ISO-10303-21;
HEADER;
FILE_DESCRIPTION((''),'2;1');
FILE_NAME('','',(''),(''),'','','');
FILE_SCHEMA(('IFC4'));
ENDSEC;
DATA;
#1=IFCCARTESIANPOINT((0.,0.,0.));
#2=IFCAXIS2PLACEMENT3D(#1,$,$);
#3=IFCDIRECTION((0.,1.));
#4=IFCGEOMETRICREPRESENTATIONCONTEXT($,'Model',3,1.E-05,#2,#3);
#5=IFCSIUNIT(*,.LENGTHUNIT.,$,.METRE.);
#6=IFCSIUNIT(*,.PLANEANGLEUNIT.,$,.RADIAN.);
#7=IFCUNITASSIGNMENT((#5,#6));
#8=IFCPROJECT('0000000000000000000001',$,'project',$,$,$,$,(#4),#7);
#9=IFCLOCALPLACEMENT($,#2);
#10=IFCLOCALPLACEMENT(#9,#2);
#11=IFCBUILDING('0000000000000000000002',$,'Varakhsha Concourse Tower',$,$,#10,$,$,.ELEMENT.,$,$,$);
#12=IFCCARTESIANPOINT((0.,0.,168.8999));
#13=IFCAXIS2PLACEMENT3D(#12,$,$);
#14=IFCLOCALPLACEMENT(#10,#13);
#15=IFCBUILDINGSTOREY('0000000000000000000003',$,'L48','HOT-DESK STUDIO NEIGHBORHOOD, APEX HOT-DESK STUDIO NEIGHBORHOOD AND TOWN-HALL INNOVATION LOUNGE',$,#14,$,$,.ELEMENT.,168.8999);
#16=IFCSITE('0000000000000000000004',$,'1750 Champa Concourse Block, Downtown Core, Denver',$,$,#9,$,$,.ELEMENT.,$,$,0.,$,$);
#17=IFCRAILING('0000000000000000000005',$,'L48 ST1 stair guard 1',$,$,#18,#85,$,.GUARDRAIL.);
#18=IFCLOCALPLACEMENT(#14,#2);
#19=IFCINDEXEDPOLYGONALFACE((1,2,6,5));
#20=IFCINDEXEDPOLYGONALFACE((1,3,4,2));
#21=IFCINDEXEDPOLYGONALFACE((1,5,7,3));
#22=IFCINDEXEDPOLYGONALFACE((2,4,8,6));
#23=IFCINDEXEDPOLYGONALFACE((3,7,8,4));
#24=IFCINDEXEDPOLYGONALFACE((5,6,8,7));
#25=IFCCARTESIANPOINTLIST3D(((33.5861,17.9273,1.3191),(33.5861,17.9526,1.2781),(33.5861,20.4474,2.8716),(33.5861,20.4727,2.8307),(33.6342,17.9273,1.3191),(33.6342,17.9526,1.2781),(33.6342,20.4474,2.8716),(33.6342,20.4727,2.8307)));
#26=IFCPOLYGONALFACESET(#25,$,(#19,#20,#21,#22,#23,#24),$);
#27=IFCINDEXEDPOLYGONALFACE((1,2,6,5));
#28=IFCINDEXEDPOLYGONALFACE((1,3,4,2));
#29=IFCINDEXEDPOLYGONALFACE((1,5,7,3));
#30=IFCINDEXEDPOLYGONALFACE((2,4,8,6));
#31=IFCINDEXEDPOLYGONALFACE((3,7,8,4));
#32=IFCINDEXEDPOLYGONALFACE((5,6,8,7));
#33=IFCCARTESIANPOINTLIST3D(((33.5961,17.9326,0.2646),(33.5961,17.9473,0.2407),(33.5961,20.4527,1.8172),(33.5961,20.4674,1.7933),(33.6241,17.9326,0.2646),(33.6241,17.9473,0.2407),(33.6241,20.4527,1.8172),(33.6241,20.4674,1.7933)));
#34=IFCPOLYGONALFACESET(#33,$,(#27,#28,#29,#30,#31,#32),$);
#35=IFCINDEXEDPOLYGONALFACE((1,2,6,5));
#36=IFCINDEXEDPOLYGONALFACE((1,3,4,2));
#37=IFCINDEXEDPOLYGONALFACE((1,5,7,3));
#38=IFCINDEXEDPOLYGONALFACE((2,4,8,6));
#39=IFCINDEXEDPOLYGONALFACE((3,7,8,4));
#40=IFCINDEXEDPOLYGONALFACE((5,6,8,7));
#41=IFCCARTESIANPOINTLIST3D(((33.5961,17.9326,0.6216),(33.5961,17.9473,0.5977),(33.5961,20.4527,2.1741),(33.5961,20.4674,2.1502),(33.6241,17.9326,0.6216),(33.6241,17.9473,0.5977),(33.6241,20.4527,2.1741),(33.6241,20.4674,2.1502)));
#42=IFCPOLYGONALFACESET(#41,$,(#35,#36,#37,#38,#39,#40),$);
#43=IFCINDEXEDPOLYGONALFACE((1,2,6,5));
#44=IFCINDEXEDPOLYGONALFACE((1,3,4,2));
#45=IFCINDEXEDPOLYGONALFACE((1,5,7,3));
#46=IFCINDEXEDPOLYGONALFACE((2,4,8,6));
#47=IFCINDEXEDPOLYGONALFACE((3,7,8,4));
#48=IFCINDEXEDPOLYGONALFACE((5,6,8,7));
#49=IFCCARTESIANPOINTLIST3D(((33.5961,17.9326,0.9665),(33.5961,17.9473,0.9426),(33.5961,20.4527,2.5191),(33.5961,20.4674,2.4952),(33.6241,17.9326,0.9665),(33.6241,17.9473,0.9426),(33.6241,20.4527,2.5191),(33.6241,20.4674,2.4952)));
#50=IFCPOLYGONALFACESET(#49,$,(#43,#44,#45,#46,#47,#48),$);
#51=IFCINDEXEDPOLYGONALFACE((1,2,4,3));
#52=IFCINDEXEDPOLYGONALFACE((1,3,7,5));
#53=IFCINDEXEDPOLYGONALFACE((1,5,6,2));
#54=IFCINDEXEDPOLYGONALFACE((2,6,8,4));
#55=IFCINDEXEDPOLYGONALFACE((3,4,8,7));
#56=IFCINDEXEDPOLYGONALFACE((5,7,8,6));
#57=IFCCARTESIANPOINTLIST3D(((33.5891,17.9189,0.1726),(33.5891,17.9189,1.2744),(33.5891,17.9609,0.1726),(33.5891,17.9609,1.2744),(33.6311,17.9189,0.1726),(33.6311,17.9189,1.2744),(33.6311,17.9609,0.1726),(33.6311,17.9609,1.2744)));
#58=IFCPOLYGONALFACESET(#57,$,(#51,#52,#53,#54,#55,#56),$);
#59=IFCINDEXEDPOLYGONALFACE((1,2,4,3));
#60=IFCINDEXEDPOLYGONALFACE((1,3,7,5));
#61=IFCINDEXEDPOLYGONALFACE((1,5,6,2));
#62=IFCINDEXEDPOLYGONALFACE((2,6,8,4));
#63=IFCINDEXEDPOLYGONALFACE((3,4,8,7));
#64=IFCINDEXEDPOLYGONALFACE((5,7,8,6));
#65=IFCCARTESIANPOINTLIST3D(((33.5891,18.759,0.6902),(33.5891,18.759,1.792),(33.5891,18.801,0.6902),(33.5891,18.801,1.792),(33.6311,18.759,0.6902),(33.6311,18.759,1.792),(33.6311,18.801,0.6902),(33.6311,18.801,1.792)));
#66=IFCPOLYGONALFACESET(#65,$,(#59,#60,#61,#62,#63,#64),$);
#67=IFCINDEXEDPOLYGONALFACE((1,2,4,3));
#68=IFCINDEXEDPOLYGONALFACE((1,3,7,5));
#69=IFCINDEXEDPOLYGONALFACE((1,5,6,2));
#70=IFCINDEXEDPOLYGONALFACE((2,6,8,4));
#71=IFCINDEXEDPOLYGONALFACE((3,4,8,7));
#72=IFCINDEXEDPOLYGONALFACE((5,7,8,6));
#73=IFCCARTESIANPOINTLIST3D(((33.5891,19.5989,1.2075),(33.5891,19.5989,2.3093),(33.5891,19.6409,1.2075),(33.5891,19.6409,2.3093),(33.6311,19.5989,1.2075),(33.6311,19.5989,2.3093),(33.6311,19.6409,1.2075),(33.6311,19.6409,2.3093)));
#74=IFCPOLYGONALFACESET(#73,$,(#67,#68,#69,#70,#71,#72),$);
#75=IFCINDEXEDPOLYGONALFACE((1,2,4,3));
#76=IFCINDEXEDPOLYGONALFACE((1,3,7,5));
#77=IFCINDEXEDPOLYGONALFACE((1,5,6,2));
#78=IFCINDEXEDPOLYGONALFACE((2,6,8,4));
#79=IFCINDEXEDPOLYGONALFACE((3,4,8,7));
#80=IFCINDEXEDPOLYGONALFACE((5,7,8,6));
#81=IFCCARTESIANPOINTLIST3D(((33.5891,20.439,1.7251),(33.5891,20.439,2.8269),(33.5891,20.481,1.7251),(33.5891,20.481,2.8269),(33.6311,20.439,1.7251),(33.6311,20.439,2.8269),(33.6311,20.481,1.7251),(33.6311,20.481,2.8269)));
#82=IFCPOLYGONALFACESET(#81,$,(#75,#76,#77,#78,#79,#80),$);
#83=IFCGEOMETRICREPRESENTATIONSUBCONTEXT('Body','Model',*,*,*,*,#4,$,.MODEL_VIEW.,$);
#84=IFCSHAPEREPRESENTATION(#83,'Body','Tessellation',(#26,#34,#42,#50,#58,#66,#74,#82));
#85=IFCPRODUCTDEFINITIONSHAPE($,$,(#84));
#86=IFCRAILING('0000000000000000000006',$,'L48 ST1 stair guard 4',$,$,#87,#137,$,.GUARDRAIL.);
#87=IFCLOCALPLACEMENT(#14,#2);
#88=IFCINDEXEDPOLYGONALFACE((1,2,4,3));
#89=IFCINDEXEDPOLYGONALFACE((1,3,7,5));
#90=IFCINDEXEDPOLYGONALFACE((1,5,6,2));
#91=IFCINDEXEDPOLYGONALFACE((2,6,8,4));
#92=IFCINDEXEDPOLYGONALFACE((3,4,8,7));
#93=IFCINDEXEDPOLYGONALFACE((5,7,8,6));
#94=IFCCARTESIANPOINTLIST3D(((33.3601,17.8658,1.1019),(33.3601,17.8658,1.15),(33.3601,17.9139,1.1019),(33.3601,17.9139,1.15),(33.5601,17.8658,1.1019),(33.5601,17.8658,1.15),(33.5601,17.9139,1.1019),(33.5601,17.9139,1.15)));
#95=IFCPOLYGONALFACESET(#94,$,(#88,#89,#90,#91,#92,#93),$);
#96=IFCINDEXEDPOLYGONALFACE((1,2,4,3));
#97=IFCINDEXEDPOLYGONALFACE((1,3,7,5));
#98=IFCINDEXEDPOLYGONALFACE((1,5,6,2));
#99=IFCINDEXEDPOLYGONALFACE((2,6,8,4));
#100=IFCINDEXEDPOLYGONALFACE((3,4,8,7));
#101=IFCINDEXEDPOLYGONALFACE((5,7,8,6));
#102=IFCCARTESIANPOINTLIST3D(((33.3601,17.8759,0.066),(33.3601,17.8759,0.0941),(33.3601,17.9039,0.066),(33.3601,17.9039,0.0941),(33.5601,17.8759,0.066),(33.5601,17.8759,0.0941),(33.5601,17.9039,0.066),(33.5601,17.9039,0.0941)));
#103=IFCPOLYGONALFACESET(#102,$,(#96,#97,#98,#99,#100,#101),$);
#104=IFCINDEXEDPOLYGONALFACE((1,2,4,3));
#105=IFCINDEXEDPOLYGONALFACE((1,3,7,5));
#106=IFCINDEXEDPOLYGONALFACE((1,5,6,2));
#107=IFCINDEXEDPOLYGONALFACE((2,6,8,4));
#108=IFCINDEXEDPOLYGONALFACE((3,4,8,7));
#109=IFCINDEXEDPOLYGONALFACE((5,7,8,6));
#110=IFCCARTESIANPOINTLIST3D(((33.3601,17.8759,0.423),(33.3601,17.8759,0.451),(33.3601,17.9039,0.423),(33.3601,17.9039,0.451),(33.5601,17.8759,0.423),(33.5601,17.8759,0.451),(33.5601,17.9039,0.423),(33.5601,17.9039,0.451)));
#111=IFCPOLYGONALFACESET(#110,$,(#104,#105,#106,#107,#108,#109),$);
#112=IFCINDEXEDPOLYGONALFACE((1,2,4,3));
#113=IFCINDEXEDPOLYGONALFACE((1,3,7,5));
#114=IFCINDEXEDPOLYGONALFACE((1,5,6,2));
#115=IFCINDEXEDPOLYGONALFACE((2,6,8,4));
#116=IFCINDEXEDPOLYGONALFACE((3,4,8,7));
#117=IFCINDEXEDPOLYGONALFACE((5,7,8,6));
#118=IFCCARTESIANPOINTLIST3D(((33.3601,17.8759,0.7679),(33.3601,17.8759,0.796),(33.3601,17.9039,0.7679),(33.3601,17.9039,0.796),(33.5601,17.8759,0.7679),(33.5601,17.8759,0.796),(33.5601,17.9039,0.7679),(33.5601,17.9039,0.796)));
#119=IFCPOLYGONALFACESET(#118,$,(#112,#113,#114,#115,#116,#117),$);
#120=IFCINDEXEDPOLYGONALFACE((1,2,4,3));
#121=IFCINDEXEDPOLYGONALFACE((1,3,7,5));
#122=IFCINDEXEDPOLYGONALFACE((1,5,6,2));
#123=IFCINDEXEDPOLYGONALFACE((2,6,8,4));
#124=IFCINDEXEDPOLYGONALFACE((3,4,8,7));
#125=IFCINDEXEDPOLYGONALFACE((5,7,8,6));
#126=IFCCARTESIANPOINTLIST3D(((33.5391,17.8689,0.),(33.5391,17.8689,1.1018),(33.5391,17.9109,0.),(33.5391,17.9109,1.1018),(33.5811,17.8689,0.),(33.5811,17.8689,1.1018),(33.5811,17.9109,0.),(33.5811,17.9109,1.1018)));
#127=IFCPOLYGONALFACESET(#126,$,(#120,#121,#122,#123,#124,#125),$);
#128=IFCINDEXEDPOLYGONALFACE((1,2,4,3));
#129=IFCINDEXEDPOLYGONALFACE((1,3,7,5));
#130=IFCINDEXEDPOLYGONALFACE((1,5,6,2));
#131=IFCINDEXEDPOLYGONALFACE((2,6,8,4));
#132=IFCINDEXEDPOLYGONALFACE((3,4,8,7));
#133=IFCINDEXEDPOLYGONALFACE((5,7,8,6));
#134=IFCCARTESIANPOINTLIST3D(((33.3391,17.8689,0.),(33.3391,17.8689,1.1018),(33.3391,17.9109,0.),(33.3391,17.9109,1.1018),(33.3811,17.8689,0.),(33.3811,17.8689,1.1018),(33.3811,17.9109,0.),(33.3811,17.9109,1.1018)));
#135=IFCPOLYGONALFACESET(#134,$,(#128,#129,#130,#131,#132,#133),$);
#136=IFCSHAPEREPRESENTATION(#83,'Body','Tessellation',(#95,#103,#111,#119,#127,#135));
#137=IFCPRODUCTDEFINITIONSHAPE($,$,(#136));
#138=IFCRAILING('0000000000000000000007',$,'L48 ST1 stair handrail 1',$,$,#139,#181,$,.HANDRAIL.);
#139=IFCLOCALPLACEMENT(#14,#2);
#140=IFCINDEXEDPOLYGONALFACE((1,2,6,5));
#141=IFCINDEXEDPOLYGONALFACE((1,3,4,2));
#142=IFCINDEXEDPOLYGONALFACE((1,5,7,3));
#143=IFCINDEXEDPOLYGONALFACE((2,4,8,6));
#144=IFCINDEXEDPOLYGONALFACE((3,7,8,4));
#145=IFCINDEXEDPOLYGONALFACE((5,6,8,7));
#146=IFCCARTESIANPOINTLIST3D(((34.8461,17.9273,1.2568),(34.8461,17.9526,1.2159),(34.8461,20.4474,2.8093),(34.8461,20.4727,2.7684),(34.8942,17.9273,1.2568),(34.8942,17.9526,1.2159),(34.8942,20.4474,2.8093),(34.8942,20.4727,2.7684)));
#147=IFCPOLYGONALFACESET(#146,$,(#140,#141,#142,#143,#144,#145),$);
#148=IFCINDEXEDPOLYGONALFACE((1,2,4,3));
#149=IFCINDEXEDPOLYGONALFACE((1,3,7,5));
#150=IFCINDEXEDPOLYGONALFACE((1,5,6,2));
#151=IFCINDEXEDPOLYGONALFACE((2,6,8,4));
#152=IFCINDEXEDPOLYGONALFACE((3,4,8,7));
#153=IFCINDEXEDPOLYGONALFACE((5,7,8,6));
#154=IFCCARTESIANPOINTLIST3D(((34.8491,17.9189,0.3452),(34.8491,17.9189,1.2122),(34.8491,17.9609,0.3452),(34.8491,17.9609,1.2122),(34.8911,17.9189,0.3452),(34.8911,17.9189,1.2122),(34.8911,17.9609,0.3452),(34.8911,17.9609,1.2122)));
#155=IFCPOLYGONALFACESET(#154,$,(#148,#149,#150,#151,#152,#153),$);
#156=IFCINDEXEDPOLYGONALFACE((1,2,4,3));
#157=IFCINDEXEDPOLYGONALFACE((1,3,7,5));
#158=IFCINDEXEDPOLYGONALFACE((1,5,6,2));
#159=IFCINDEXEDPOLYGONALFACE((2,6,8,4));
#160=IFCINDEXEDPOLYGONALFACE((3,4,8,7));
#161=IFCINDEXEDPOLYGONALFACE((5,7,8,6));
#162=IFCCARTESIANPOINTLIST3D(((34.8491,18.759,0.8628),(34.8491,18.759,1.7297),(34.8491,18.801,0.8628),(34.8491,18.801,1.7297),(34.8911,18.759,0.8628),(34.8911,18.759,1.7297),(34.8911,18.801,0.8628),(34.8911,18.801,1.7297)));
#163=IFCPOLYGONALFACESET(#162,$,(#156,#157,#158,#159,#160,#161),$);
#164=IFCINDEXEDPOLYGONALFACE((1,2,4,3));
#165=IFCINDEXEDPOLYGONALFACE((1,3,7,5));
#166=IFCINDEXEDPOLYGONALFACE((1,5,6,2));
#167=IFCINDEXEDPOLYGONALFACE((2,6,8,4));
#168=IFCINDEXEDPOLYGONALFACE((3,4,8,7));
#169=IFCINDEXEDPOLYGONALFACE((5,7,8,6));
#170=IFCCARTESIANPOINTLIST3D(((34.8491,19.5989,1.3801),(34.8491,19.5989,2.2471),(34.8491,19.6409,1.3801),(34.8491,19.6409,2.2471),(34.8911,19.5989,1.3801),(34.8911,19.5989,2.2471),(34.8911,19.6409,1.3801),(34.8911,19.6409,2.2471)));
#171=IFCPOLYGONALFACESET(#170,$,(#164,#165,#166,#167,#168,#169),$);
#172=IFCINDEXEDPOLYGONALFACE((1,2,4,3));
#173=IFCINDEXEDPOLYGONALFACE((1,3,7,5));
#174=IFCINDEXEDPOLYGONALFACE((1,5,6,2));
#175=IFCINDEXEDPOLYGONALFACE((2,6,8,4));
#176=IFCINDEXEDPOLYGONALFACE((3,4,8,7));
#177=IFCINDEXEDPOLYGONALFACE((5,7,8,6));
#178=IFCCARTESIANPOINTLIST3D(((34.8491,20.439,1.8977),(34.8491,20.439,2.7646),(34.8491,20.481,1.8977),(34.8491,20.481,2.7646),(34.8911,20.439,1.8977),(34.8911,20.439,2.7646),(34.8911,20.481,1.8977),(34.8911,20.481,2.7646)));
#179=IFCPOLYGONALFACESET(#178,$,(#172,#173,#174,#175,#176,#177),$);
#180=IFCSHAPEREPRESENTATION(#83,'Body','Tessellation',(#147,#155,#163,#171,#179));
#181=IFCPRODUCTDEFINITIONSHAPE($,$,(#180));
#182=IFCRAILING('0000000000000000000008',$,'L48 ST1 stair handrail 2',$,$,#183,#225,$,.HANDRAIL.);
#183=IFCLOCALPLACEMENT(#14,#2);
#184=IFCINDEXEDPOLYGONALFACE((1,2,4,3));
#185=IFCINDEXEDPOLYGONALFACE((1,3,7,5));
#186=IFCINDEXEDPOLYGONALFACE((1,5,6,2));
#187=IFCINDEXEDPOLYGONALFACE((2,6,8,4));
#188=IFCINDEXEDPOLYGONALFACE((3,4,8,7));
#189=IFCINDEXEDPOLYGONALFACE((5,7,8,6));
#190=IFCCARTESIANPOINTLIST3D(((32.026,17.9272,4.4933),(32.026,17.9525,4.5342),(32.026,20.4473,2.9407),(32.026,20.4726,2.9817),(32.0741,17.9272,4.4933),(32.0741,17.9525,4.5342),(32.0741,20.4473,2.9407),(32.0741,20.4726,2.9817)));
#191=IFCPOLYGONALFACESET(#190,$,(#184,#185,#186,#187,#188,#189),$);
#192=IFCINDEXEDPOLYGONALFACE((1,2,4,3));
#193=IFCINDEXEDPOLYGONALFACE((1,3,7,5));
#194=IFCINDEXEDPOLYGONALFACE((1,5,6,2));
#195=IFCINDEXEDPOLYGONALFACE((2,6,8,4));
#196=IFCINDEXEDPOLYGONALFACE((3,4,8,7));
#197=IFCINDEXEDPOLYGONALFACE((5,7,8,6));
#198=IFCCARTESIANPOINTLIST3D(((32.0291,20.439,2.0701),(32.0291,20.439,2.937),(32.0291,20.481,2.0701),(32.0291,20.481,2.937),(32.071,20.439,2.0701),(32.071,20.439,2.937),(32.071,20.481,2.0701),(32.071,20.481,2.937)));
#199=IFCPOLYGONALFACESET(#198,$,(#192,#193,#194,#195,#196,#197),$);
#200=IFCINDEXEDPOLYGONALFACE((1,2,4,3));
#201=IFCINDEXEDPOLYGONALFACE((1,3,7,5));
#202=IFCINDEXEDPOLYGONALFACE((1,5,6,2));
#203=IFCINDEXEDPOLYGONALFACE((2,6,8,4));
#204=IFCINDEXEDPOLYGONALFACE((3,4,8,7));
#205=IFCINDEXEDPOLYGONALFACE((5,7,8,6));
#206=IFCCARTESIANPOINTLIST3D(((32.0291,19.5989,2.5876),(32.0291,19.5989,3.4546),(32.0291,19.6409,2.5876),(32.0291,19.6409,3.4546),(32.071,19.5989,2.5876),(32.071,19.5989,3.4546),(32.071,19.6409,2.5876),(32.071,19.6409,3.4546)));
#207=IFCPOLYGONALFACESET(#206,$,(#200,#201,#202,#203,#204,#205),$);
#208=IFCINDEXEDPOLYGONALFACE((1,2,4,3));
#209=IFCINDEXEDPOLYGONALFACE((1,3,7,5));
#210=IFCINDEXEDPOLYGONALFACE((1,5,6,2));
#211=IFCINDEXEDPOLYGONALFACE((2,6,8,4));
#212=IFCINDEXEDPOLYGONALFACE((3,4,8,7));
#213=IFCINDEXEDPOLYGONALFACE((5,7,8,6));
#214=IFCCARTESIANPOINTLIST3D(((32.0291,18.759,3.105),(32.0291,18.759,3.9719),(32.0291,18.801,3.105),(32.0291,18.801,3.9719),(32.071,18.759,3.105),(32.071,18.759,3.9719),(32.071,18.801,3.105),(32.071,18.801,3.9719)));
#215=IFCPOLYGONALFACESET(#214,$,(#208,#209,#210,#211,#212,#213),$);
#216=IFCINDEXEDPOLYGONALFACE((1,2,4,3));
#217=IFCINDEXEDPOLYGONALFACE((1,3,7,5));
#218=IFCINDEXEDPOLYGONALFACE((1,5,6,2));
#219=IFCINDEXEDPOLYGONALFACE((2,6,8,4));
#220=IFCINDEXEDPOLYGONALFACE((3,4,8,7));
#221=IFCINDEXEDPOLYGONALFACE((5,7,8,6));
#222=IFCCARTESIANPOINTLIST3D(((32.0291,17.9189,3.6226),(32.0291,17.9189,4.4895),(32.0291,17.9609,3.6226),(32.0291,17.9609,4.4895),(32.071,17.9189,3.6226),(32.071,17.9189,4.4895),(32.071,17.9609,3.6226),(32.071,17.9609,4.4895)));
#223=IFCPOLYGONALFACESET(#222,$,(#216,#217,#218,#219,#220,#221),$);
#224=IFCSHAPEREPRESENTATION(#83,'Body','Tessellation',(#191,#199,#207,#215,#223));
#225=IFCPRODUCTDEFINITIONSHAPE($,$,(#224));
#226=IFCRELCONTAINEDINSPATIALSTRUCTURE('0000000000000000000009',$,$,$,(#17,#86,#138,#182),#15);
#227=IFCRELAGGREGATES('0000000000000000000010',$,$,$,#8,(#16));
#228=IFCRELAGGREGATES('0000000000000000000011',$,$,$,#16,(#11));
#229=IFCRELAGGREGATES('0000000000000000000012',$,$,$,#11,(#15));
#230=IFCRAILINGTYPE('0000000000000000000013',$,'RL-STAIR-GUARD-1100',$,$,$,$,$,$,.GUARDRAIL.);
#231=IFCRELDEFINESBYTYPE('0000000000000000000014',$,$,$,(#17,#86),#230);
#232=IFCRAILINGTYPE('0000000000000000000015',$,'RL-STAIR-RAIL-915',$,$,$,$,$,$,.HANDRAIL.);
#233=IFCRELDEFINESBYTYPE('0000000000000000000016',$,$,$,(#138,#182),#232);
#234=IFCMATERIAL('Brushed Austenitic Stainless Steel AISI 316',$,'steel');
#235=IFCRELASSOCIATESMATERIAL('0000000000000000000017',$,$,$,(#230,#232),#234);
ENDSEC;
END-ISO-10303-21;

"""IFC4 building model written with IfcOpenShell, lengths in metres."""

from ifc_helpers import new_model, si_unit, direction, frame, origin, origin_2d, place, context, subcontext, project, spatial, rectangle, extrude, material, type_object, element, save


model = new_model("IFC4")

# Units and contexts
model_context = context("Model", 3, precision=1e-05, world=origin(), true_north=direction((0.0, 1.0)))
body_context = subcontext(model_context, "Body", "Model", "MODEL_VIEW")
ifc_project = project(units=[si_unit("LENGTHUNIT", "METRE"), si_unit("PLANEANGLEUNIT", "RADIAN")], contexts=[model_context])

# Site, building, storey
site_placement = place(None, origin())
site = spatial("IfcSite", under=ifc_project, at=site_placement, Name="1750 Champa Concourse Block, Downtown Core, Denver", CompositionType="ELEMENT", RefElevation=0.0)
building_placement = place(site_placement, origin())
building = spatial("IfcBuilding", under=site, at=building_placement, Name="Varakhsha Concourse Tower", CompositionType="ELEMENT")
storey_placement = place(building_placement, frame((0.0, 0.0, 168.8999)))
storey = spatial("IfcBuildingStorey", under=building, at=storey_placement, Name="L48", Description="HOT-DESK STUDIO NEIGHBORHOOD, APEX HOT-DESK STUDIO NEIGHBORHOOD AND TOWN-HALL INNOVATION LOUNGE", CompositionType="ELEMENT", Elevation=168.8999)

# Railings
ifc_material_1 = material(Name="Brushed Austenitic Stainless Steel AISI 316", Category="steel")
railing_type_1 = type_object("IfcRailingType", Name="RL-STAIR-GUARD-1100", PredefinedType="GUARDRAIL", material=ifc_material_1)
railing_1_placement = place(storey_placement, frame((33.6101, 17.9399, 0.1726)))
element("IfcRailing", 1, at=railing_1_placement, inside=storey, type_object=railing_type_1, Name="L48 ST1 stair guard 1", PredefinedType="GUARDRAIL", context=body_context, shape_type="SweptSolid", body=[
    extrude(rectangle(XDim=0.0481, YDim=0.0481, at=origin_2d()), frame((0.0, 0.0, 1.126), z_axis=(0.0, 0.8514, 0.524516), x_axis=(-1.0, 0.0, 0.0)), (0.0, 0.0, 1.0), 2.96),
    extrude(rectangle(XDim=0.0281, YDim=0.0281, at=origin_2d()), frame((0.0, 0.0, 0.0801), z_axis=(0.0, 0.8514, 0.524516), x_axis=(-1.0, 0.0, 0.0)), (0.0, 0.0, 1.0), 2.96),
    extrude(rectangle(XDim=0.0281, YDim=0.0281, at=origin_2d()), frame((0.0, 0.0, 0.437), z_axis=(0.0, 0.8514, 0.524516), x_axis=(-1.0, 0.0, 0.0)), (0.0, 0.0, 1.0), 2.96),
    extrude(rectangle(XDim=0.0281, YDim=0.0281, at=origin_2d()), frame((0.0, 0.0, 0.782), z_axis=(0.0, 0.8514, 0.524516), x_axis=(-1.0, 0.0, 0.0)), (0.0, 0.0, 1.0), 2.96),
    extrude(rectangle(XDim=0.042, YDim=0.042, at=origin_2d()), origin(), (0.0, 0.0, 1.0), 1.1018),
    extrude(rectangle(XDim=0.042, YDim=0.042, at=origin_2d()), frame((0.0, 0.8401, 0.5176)), (0.0, 0.0, 1.0), 1.1018),
    extrude(rectangle(XDim=0.042, YDim=0.042, at=origin_2d()), frame((0.0, 1.6799, 1.0349)), (0.0, 0.0, 1.0), 1.1018),
    extrude(rectangle(XDim=0.042, YDim=0.042, at=origin_2d()), frame((0.0, 2.52, 1.5525)), (0.0, 0.0, 1.0), 1.1018),
])
railing_2_placement = place(storey_placement, frame((33.5601, 17.8899, 0.0)))
element("IfcRailing", 2, at=railing_2_placement, inside=storey, type_object=railing_type_1, Name="L48 ST1 stair guard 4", PredefinedType="GUARDRAIL", context=body_context, shape_type="SweptSolid", body=[
    extrude(rectangle(XDim=0.0481, YDim=0.0481, at=origin_2d()), frame((0.0, 0.0, 1.126), z_axis=(-1.0, 0.0, 0.0), x_axis=(0.0, -1.0, 0.0)), (0.0, 0.0, 1.0), 0.2),
    extrude(rectangle(XDim=0.0281, YDim=0.0281, at=origin_2d()), frame((0.0, 0.0, 0.0801), z_axis=(-1.0, 0.0, 0.0), x_axis=(0.0, -1.0, 0.0)), (0.0, 0.0, 1.0), 0.2),
    extrude(rectangle(XDim=0.0281, YDim=0.0281, at=origin_2d()), frame((0.0, 0.0, 0.437), z_axis=(-1.0, 0.0, 0.0), x_axis=(0.0, -1.0, 0.0)), (0.0, 0.0, 1.0), 0.2),
    extrude(rectangle(XDim=0.0281, YDim=0.0281, at=origin_2d()), frame((0.0, 0.0, 0.782), z_axis=(-1.0, 0.0, 0.0), x_axis=(0.0, -1.0, 0.0)), (0.0, 0.0, 1.0), 0.2),
    extrude(rectangle(XDim=0.042, YDim=0.042, at=origin_2d()), origin(), (0.0, 0.0, 1.0), 1.1018),
    extrude(rectangle(XDim=0.042, YDim=0.042, at=origin_2d()), frame((-0.2, 0.0, 0.0)), (0.0, 0.0, 1.0), 1.1018),
])
railing_type_2 = type_object("IfcRailingType", Name="RL-STAIR-RAIL-915", PredefinedType="HANDRAIL", material=ifc_material_1)
railing_3_placement = place(storey_placement, frame((34.8701, 17.9399, 0.3452)))
element("IfcRailing", 3, at=railing_3_placement, inside=storey, type_object=railing_type_2, Name="L48 ST1 stair handrail 1", PredefinedType="HANDRAIL", context=body_context, shape_type="SweptSolid", body=[
    extrude(rectangle(XDim=0.0481, YDim=0.0481, at=origin_2d()), frame((0.0, 0.0, 0.8911), z_axis=(0.0, 0.8514, 0.524516), x_axis=(-1.0, 0.0, 0.0)), (0.0, 0.0, 1.0), 2.96),
    extrude(rectangle(XDim=0.042, YDim=0.042, at=origin_2d()), origin(), (0.0, 0.0, 1.0), 0.8669),
    extrude(rectangle(XDim=0.042, YDim=0.042, at=origin_2d()), frame((0.0, 0.8401, 0.5176)), (0.0, 0.0, 1.0), 0.8669),
    extrude(rectangle(XDim=0.042, YDim=0.042, at=origin_2d()), frame((0.0, 1.6799, 1.0349)), (0.0, 0.0, 1.0), 0.8669),
    extrude(rectangle(XDim=0.042, YDim=0.042, at=origin_2d()), frame((0.0, 2.52, 1.5525)), (0.0, 0.0, 1.0), 0.8669),
])
railing_4_placement = place(storey_placement, frame((32.05, 20.46, 2.0701)))
element("IfcRailing", 4, at=railing_4_placement, inside=storey, type_object=railing_type_2, Name="L48 ST1 stair handrail 2", PredefinedType="HANDRAIL", context=body_context, shape_type="SweptSolid", body=[
    extrude(rectangle(XDim=0.0481, YDim=0.0481, at=origin_2d()), frame((0.0, 0.0, 0.8911), z_axis=(0.0, -0.8514, 0.524516), x_axis=(1.0, 0.0, 0.0)), (0.0, 0.0, 1.0), 2.96),
    extrude(rectangle(XDim=0.042, YDim=0.042, at=origin_2d()), origin(), (0.0, 0.0, 1.0), 0.8669),
    extrude(rectangle(XDim=0.042, YDim=0.042, at=origin_2d()), frame((0.0, -0.8401, 0.5176)), (0.0, 0.0, 1.0), 0.8669),
    extrude(rectangle(XDim=0.042, YDim=0.042, at=origin_2d()), frame((0.0, -1.6799, 1.0349)), (0.0, 0.0, 1.0), 0.8669),
    extrude(rectangle(XDim=0.042, YDim=0.042, at=origin_2d()), frame((0.0, -2.52, 1.5525)), (0.0, 0.0, 1.0), 0.8669),
])

save(model, "model.ifc")
